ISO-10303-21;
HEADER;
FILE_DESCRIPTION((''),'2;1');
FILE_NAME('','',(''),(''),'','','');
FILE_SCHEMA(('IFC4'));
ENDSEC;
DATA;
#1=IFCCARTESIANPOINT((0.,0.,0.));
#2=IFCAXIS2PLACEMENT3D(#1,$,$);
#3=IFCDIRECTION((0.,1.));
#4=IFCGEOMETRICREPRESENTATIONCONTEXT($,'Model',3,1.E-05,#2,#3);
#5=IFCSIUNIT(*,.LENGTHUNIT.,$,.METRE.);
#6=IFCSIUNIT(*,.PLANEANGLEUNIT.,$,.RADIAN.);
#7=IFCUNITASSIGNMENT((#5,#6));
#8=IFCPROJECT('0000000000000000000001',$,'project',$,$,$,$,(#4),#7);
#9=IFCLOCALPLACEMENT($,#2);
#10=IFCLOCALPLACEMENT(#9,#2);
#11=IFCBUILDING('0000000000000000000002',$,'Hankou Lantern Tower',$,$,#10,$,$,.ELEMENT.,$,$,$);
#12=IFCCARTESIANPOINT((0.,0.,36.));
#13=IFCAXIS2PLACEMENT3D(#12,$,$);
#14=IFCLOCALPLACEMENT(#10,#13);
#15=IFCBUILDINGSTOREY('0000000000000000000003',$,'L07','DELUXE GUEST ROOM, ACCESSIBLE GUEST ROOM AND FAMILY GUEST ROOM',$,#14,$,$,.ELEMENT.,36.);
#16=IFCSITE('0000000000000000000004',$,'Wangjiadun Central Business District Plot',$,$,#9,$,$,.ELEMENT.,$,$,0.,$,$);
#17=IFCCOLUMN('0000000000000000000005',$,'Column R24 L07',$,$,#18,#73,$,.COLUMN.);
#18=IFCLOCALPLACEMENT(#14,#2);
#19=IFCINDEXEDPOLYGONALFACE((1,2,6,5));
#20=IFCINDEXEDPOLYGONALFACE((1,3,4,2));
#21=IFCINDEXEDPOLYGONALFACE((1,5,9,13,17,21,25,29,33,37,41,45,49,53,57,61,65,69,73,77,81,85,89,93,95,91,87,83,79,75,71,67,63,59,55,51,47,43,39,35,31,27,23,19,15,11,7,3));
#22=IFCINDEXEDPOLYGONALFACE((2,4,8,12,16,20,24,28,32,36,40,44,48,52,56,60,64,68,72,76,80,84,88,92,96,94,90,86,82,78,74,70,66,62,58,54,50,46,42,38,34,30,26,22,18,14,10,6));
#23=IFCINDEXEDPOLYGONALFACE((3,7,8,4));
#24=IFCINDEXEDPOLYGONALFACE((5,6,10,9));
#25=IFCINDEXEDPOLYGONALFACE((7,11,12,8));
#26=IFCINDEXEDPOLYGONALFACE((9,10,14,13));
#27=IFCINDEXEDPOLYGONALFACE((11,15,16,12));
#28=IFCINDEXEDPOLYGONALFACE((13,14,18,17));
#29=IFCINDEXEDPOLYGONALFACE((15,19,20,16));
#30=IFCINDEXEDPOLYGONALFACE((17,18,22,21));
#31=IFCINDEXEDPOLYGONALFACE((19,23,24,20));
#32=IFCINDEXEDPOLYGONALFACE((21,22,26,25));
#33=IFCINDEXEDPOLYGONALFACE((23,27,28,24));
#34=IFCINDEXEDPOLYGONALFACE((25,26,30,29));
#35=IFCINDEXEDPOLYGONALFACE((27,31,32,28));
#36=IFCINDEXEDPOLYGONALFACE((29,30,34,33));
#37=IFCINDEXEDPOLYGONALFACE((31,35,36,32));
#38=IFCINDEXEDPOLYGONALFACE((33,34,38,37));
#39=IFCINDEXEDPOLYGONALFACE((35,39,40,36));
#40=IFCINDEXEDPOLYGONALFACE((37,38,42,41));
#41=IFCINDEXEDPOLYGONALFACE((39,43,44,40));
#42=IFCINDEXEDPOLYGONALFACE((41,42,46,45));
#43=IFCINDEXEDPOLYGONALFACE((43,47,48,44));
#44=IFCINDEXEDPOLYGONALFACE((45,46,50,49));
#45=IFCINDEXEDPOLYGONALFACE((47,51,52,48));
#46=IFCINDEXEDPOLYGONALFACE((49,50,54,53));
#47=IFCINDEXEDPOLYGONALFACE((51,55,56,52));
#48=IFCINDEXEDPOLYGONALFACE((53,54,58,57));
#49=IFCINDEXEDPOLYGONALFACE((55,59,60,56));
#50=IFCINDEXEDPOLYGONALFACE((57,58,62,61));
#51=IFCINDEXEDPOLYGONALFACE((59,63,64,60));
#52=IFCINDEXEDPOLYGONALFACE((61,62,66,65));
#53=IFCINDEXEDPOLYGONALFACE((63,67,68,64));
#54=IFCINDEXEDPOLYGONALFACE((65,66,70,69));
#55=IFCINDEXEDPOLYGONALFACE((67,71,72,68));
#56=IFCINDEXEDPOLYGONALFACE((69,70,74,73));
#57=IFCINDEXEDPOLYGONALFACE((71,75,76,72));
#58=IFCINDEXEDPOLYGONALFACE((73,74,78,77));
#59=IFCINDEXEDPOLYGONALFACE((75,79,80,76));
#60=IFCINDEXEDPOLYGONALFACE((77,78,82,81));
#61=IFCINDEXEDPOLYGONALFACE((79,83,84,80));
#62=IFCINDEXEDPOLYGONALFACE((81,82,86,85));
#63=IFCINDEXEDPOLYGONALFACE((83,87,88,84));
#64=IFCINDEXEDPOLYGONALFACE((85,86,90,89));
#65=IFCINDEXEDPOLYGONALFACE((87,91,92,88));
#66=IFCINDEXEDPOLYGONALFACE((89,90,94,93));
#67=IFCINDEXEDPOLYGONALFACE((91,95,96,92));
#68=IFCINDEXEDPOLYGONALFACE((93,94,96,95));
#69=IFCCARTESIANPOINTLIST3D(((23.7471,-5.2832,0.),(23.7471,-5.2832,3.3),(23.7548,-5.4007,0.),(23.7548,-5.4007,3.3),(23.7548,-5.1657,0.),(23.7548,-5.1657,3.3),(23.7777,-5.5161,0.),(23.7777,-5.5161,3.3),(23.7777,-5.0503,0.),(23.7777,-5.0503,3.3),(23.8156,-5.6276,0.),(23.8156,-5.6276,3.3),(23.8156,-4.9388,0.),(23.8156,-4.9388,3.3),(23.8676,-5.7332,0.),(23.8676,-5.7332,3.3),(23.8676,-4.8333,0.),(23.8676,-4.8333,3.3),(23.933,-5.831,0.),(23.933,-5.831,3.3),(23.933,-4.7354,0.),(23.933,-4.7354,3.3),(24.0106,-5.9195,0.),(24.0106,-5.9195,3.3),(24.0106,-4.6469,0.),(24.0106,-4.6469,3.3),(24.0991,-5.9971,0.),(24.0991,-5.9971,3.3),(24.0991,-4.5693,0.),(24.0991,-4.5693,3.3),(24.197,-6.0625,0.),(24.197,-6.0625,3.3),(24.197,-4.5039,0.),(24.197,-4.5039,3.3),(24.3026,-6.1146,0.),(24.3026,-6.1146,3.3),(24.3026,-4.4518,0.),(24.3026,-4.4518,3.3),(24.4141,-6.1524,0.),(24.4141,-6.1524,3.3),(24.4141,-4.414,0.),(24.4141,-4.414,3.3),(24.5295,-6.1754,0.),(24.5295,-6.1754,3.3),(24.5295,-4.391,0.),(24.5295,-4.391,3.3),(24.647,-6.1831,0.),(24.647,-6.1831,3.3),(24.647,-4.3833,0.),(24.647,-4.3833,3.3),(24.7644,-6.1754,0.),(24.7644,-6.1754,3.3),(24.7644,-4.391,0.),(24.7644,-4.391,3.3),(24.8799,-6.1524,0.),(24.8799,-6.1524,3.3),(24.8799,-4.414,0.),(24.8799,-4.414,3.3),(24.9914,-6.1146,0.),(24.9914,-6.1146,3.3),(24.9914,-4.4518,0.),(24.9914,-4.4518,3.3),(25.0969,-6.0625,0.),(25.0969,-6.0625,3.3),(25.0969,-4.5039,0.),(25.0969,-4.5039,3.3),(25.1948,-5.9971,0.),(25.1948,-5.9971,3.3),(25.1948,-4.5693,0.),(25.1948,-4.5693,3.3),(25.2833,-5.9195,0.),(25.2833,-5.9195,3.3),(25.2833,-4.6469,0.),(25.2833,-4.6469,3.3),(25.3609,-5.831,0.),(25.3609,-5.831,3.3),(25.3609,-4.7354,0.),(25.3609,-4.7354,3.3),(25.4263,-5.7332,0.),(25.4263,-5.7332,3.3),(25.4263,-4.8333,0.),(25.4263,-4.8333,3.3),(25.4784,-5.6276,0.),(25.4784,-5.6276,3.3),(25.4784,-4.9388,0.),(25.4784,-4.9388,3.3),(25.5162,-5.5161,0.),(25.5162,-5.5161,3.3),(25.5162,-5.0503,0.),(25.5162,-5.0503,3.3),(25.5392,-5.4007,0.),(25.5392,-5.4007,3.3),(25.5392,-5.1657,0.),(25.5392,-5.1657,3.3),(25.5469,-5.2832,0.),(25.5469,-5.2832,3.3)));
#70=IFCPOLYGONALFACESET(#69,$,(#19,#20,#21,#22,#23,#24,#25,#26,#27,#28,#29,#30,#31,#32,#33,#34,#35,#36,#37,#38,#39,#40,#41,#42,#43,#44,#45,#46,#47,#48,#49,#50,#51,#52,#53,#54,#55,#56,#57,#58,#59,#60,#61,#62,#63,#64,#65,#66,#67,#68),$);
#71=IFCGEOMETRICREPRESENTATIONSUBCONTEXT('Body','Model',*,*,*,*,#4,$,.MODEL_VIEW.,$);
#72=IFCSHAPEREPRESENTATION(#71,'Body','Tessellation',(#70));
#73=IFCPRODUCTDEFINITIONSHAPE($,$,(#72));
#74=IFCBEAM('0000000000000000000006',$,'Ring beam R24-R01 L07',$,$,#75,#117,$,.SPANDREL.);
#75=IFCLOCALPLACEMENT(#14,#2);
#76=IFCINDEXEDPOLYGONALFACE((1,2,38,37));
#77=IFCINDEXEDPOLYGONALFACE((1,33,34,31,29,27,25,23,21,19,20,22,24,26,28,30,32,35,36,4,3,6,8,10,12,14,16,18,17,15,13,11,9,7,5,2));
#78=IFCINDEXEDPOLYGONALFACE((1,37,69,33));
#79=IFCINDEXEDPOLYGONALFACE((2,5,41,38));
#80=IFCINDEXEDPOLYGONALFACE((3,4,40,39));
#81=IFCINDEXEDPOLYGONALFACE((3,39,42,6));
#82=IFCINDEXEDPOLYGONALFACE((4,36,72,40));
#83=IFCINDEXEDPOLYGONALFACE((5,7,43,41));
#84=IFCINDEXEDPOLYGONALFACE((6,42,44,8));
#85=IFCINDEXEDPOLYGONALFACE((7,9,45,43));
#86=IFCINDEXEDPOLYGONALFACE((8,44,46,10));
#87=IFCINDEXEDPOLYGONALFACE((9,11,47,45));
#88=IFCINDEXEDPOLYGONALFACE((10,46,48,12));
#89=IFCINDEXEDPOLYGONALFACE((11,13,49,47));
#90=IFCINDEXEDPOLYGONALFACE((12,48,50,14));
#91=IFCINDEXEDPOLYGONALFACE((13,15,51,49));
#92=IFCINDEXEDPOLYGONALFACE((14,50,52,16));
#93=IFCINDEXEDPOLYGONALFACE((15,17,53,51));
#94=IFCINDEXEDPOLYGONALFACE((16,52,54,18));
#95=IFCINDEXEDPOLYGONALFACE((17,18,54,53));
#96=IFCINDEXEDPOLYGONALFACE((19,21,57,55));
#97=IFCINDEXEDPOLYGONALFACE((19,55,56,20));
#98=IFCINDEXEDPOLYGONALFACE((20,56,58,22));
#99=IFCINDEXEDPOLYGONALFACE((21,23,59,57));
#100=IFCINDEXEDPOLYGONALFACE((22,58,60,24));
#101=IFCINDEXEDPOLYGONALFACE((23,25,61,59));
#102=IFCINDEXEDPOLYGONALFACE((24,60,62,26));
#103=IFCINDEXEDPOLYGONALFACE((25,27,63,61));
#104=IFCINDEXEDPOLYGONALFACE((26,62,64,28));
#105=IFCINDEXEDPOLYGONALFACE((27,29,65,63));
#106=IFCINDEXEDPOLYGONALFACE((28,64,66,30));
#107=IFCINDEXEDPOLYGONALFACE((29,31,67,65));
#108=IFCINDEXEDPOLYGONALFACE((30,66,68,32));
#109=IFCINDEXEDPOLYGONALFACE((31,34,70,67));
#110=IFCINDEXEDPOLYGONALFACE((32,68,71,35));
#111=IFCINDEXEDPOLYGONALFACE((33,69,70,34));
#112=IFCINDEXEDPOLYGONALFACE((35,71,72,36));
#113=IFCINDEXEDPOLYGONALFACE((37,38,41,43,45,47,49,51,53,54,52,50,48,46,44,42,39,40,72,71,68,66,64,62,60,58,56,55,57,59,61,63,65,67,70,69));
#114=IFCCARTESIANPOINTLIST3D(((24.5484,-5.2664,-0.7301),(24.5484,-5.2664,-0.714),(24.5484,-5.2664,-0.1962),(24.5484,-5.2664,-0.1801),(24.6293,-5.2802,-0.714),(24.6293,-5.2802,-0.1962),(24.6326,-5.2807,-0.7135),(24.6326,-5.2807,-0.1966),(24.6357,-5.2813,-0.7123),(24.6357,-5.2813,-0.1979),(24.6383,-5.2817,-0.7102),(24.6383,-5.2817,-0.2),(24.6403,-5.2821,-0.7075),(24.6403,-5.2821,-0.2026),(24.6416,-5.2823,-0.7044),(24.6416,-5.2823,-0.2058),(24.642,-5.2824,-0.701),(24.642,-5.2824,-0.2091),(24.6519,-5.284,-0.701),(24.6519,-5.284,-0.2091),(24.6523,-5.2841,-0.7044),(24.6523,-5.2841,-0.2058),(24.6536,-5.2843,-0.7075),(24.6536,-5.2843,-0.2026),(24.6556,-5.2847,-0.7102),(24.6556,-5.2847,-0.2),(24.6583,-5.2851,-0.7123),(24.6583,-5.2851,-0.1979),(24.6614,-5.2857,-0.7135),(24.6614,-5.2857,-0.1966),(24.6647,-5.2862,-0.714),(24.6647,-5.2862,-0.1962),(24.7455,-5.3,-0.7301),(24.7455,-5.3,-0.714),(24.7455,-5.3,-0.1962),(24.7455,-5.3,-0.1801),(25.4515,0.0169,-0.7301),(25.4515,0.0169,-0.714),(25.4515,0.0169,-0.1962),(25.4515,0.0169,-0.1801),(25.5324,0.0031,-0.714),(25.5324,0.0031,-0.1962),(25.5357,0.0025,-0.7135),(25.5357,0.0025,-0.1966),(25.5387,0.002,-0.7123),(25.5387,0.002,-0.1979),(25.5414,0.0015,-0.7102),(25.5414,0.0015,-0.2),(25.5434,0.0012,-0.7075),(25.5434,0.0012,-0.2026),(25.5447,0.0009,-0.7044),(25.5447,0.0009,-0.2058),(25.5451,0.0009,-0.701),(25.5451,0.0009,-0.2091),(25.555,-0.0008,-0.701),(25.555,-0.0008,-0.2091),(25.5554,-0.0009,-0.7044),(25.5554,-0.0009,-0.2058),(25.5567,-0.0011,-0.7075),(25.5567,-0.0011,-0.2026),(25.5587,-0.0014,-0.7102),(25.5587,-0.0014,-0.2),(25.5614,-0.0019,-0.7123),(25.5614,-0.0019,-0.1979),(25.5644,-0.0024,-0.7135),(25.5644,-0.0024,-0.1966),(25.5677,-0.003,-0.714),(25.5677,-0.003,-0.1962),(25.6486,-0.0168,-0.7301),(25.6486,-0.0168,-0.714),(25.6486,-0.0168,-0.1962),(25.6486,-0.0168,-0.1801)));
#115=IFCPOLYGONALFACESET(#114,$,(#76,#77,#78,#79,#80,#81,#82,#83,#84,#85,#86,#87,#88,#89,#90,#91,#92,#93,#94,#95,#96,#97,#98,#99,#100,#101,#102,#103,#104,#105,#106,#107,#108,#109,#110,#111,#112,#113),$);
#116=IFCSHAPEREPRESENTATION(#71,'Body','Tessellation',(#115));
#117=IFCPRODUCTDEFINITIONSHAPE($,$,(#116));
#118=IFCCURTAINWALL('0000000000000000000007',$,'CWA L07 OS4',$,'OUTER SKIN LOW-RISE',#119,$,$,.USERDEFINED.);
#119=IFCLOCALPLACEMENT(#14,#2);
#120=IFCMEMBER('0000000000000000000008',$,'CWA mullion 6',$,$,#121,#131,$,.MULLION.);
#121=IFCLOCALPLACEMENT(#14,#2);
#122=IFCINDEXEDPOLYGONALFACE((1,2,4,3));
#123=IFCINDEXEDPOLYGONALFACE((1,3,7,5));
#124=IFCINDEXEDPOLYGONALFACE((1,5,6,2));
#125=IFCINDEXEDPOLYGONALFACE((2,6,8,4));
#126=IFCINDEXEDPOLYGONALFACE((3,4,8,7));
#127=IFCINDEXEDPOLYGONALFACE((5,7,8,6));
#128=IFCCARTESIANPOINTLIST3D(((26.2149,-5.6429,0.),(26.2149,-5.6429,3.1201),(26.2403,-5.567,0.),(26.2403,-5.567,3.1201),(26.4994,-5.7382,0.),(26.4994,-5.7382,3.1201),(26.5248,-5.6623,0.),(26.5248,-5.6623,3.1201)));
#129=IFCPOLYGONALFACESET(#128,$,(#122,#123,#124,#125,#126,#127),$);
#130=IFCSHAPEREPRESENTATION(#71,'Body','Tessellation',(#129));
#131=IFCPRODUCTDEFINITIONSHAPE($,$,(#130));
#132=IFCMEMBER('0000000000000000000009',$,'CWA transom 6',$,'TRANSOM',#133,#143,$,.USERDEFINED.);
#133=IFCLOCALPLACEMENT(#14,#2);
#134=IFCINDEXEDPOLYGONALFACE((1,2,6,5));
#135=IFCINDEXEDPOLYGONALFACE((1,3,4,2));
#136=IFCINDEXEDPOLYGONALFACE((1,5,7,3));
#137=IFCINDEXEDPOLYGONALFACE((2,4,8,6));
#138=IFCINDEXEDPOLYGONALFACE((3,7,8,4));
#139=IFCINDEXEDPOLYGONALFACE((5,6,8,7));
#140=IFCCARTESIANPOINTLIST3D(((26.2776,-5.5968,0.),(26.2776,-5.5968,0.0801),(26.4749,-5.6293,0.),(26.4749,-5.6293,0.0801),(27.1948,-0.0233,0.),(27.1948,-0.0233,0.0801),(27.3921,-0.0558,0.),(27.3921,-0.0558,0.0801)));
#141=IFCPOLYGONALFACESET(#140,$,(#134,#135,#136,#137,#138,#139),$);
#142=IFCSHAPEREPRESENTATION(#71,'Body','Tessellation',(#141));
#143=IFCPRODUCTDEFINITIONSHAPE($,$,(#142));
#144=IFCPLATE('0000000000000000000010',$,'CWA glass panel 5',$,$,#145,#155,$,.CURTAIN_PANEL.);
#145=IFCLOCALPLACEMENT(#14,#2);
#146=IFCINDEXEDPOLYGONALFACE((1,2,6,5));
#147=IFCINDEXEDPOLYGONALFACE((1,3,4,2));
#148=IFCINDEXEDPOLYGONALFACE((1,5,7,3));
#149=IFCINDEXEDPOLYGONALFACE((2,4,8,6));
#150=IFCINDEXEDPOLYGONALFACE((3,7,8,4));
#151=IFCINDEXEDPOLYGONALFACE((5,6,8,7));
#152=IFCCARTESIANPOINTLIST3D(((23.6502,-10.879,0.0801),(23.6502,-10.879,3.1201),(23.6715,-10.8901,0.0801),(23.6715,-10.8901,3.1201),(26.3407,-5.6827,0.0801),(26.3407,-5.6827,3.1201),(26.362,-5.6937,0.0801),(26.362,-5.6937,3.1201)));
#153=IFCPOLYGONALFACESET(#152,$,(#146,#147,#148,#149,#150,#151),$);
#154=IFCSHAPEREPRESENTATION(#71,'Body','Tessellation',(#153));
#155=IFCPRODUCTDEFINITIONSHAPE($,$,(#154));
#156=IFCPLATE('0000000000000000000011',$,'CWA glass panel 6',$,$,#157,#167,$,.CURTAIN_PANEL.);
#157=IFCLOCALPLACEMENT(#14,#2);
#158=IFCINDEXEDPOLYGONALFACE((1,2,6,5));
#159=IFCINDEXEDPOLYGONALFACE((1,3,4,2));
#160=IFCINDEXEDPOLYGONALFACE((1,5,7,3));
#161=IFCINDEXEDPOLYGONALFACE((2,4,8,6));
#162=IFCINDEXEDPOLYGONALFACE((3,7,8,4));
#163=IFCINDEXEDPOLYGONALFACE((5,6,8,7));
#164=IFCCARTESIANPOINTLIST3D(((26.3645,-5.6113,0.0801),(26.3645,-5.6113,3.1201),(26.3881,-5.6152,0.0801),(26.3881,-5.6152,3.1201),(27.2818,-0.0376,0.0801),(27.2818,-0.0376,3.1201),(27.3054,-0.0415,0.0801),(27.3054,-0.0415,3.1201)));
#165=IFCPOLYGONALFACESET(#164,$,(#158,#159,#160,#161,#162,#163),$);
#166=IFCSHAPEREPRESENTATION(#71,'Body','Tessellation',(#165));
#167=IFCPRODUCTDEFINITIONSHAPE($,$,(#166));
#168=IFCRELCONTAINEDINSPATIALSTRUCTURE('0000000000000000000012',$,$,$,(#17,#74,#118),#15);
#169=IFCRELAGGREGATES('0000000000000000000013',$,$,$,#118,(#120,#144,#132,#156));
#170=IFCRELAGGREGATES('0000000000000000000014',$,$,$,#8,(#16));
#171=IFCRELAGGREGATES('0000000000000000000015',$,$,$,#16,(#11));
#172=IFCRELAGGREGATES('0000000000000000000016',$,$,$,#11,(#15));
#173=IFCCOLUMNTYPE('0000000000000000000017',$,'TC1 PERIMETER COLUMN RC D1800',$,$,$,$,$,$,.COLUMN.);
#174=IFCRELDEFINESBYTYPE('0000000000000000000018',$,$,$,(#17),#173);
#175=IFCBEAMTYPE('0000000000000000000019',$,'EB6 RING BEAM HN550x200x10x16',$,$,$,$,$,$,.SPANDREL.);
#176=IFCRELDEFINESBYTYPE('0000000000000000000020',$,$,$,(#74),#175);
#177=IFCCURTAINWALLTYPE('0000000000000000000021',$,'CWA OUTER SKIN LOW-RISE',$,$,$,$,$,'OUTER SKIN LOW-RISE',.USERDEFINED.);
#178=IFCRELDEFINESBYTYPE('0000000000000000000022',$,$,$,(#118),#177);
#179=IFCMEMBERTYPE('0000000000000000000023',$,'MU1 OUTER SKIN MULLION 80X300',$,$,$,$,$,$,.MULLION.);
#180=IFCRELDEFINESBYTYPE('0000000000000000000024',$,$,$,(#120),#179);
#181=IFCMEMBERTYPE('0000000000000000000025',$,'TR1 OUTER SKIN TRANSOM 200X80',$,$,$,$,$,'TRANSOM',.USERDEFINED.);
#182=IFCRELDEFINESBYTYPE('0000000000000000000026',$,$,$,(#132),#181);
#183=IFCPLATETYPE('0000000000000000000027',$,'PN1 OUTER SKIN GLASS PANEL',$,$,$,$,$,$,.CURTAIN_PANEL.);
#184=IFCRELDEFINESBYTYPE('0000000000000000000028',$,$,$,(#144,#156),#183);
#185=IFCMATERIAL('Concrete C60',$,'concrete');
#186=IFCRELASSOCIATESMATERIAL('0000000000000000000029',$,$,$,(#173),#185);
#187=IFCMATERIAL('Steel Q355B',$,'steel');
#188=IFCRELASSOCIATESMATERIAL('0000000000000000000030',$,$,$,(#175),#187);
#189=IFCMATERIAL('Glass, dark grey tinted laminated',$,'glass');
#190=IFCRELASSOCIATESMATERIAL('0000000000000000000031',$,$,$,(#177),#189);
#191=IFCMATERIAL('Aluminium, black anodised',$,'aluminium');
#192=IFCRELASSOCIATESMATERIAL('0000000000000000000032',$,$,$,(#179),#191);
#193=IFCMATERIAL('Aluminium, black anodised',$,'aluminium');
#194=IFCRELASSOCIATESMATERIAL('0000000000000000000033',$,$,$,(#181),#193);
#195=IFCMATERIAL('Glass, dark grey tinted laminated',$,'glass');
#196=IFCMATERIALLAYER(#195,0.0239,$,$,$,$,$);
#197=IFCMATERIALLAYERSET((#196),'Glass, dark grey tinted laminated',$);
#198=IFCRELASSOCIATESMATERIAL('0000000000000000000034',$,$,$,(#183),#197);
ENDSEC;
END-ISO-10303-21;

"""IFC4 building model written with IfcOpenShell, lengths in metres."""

from ifc_helpers import new_model, si_unit, direction, frame, origin, origin_2d, place, context, subcontext, project, spatial, rectangle, circle, i_section, extrude, material, layer, layer_set, material_profile, profile_set, type_object, element, aggregate, save


model = new_model("IFC4")

# Units and contexts
model_context = context("Model", 3, precision=1e-05, world=origin(), true_north=direction((0.0, 1.0)))
body_context = subcontext(model_context, "Body", "Model", "MODEL_VIEW")
ifc_project = project(units=[si_unit("LENGTHUNIT", "METRE"), si_unit("PLANEANGLEUNIT", "RADIAN")], contexts=[model_context])

# Site, building, storey
site_placement = place(None, origin())
site = spatial("IfcSite", under=ifc_project, at=site_placement, Name="Wangjiadun Central Business District Plot", CompositionType="ELEMENT", RefElevation=0.0)
building_placement = place(site_placement, origin())
building = spatial("IfcBuilding", under=site, at=building_placement, Name="Hankou Lantern Tower", CompositionType="ELEMENT")
storey_placement = place(building_placement, frame((0.0, 0.0, 36.0)))
storey = spatial("IfcBuildingStorey", under=building, at=storey_placement, Name="L07", Description="DELUXE GUEST ROOM, ACCESSIBLE GUEST ROOM AND FAMILY GUEST ROOM", CompositionType="ELEMENT", Elevation=36.0)

# Column
ifc_material_1 = material(Name="Concrete C60", Category="concrete")
ifc_material_profile_1 = material_profile(ifc_material_1, circle(Radius=0.8999, at=origin_2d()), Name="RC D1800")
ifc_profile_set_1 = profile_set([ifc_material_profile_1], Name="Concrete C60")
column_type = type_object("IfcColumnType", Name="TC1 PERIMETER COLUMN RC D1800", PredefinedType="COLUMN", material=ifc_profile_set_1)
column_placement = place(storey_placement, frame((24.647, -5.2832, 0.0), z_axis=(0.0, 0.0, 1.0), x_axis=(1.0, 0.0, 0.0)))
element("IfcColumn", 1, at=column_placement, inside=storey, type_object=column_type, Name="Column R24 L07", PredefinedType="COLUMN", context=body_context, shape_type="SweptSolid", body=[
    extrude(circle(Radius=0.8999, at=origin_2d()), origin(), (0.0, 0.0, 1.0), 3.3),
])

# Beam
ifc_material_2 = material(Name="Steel Q355B", Category="steel")
ifc_material_profile_2 = material_profile(ifc_material_2, i_section(OverallWidth=0.2, OverallDepth=0.55, WebThickness=0.01, FlangeThickness=0.0161, FilletRadius=0.0129, at=origin_2d()), Name="HN550x200x10x16")
ifc_profile_set_2 = profile_set([ifc_material_profile_2], Name="Steel Q355B")
beam_type = type_object("IfcBeamType", Name="EB6 RING BEAM HN550x200x10x16", PredefinedType="SPANDREL", material=ifc_profile_set_2)
beam_placement = place(storey_placement, frame((24.647, -5.2832, -0.4551), z_axis=(0.16849, 0.985703, 0.0), x_axis=(-0.985703, 0.16849, 0.0)))
element("IfcBeam", 2, at=beam_placement, inside=storey, type_object=beam_type, Name="Ring beam R24-R01 L07", PredefinedType="SPANDREL", context=body_context, shape_type="SweptSolid", body=[
    extrude(i_section(OverallWidth=0.2, OverallDepth=0.55, WebThickness=0.01, FlangeThickness=0.0161, FilletRadius=0.0129, at=origin_2d()), origin(), (0.0, 0.0, 1.0), 5.3599),
])

# Curtain wall, members, plates
ifc_material_3 = material(Name="Glass, dark grey tinted laminated", Category="glass")
curtain_wall_type = type_object("IfcCurtainWallType", Name="CWA OUTER SKIN LOW-RISE", ElementType="OUTER SKIN LOW-RISE", PredefinedType="USERDEFINED", material=ifc_material_3)
curtain_wall_placement = place(storey_placement, origin())
curtain_wall = element("IfcCurtainWall", 3, at=curtain_wall_placement, inside=storey, type_object=curtain_wall_type, Name="CWA L07 OS4", ObjectType="OUTER SKIN LOW-RISE", PredefinedType="USERDEFINED")
ifc_material_4 = material(Name="Aluminium, black anodised", Category="aluminium")
ifc_material_profile_3 = material_profile(ifc_material_4, rectangle(XDim=0.0801, YDim=0.3, at=origin_2d()), Name="MU1 80X300")
ifc_profile_set_3 = profile_set([ifc_material_profile_3], Name="Aluminium, black anodised")
member_type_1 = type_object("IfcMemberType", Name="MU1 OUTER SKIN MULLION 80X300", PredefinedType="MULLION", material=ifc_profile_set_3)
member_1_placement = place(storey_placement, frame((26.3699, -5.6526, 0.0), z_axis=(0.0, 0.0, 1.0), x_axis=(0.317596, 0.948226, 0.0)))
member_1 = element("IfcMember", 4, at=member_1_placement, type_object=member_type_1, Name="CWA mullion 6", PredefinedType="MULLION", context=body_context, shape_type="SweptSolid", body=[
    extrude(rectangle(XDim=0.0801, YDim=0.3, at=origin_2d()), origin(), (0.0, 0.0, 1.0), 3.1201),
])
ifc_material_5 = material(Name="Aluminium, black anodised", Category="aluminium")
ifc_material_profile_4 = material_profile(ifc_material_5, rectangle(XDim=0.2, YDim=0.0801, at=origin_2d()), Name="TR1 200X80")
ifc_profile_set_4 = profile_set([ifc_material_profile_4], Name="Aluminium, black anodised")
member_type_2 = type_object("IfcMemberType", Name="TR1 OUTER SKIN TRANSOM 200X80", ElementType="TRANSOM", PredefinedType="USERDEFINED", material=ifc_profile_set_4)
member_2_placement = place(storey_placement, frame((26.3762, -5.613, 0.04), z_axis=(0.162387, 0.986727, 0.0), x_axis=(-0.986727, 0.162387, 0.0)))
member_2 = element("IfcMember", 5, at=member_2_placement, type_object=member_type_2, Name="CWA transom 6", ObjectType="TRANSOM", PredefinedType="USERDEFINED", context=body_context, shape_type="SweptSolid", body=[
    extrude(rectangle(XDim=0.2, YDim=0.0801, at=origin_2d()), origin(), (0.0, 0.0, 1.0), 5.6484),
])
ifc_material_6 = material(Name="Glass, dark grey tinted laminated", Category="glass")
ifc_layer_1 = layer(ifc_material_6, 0.0239)
ifc_layer_set_1 = layer_set([ifc_layer_1], Name="Glass, dark grey tinted laminated")
plate_type = type_object("IfcPlateType", Name="PN1 OUTER SKIN GLASS PANEL", PredefinedType="CURTAIN_PANEL", material=ifc_layer_set_1)
plate_1_placement = place(storey_placement, frame((25.0061, -8.2864, 0.0801), z_axis=(0.0, 0.0, 1.0), x_axis=(0.459791, 0.888027, 0.0)))
plate_1 = element("IfcPlate", 6, at=plate_1_placement, type_object=plate_type, Name="CWA glass panel 5", PredefinedType="CURTAIN_PANEL", context=body_context, shape_type="SweptSolid", body=[
    extrude(rectangle(XDim=5.8516, YDim=0.0239, at=origin_2d()), origin(), (0.0, 0.0, 1.0), 3.04),
])
plate_2_placement = place(storey_placement, frame((26.835, -2.8264, 0.0801), z_axis=(0.0, 0.0, 1.0), x_axis=(0.162382, 0.986728, 0.0)))
plate_2 = element("IfcPlate", 7, at=plate_2_placement, type_object=plate_type, Name="CWA glass panel 6", PredefinedType="CURTAIN_PANEL", context=body_context, shape_type="SweptSolid", body=[
    extrude(rectangle(XDim=5.6487, YDim=0.0239, at=origin_2d()), origin(), (0.0, 0.0, 1.0), 3.04),
])
aggregate(curtain_wall, [member_1, plate_1, member_2, plate_2])

save(model, "model.ifc")
